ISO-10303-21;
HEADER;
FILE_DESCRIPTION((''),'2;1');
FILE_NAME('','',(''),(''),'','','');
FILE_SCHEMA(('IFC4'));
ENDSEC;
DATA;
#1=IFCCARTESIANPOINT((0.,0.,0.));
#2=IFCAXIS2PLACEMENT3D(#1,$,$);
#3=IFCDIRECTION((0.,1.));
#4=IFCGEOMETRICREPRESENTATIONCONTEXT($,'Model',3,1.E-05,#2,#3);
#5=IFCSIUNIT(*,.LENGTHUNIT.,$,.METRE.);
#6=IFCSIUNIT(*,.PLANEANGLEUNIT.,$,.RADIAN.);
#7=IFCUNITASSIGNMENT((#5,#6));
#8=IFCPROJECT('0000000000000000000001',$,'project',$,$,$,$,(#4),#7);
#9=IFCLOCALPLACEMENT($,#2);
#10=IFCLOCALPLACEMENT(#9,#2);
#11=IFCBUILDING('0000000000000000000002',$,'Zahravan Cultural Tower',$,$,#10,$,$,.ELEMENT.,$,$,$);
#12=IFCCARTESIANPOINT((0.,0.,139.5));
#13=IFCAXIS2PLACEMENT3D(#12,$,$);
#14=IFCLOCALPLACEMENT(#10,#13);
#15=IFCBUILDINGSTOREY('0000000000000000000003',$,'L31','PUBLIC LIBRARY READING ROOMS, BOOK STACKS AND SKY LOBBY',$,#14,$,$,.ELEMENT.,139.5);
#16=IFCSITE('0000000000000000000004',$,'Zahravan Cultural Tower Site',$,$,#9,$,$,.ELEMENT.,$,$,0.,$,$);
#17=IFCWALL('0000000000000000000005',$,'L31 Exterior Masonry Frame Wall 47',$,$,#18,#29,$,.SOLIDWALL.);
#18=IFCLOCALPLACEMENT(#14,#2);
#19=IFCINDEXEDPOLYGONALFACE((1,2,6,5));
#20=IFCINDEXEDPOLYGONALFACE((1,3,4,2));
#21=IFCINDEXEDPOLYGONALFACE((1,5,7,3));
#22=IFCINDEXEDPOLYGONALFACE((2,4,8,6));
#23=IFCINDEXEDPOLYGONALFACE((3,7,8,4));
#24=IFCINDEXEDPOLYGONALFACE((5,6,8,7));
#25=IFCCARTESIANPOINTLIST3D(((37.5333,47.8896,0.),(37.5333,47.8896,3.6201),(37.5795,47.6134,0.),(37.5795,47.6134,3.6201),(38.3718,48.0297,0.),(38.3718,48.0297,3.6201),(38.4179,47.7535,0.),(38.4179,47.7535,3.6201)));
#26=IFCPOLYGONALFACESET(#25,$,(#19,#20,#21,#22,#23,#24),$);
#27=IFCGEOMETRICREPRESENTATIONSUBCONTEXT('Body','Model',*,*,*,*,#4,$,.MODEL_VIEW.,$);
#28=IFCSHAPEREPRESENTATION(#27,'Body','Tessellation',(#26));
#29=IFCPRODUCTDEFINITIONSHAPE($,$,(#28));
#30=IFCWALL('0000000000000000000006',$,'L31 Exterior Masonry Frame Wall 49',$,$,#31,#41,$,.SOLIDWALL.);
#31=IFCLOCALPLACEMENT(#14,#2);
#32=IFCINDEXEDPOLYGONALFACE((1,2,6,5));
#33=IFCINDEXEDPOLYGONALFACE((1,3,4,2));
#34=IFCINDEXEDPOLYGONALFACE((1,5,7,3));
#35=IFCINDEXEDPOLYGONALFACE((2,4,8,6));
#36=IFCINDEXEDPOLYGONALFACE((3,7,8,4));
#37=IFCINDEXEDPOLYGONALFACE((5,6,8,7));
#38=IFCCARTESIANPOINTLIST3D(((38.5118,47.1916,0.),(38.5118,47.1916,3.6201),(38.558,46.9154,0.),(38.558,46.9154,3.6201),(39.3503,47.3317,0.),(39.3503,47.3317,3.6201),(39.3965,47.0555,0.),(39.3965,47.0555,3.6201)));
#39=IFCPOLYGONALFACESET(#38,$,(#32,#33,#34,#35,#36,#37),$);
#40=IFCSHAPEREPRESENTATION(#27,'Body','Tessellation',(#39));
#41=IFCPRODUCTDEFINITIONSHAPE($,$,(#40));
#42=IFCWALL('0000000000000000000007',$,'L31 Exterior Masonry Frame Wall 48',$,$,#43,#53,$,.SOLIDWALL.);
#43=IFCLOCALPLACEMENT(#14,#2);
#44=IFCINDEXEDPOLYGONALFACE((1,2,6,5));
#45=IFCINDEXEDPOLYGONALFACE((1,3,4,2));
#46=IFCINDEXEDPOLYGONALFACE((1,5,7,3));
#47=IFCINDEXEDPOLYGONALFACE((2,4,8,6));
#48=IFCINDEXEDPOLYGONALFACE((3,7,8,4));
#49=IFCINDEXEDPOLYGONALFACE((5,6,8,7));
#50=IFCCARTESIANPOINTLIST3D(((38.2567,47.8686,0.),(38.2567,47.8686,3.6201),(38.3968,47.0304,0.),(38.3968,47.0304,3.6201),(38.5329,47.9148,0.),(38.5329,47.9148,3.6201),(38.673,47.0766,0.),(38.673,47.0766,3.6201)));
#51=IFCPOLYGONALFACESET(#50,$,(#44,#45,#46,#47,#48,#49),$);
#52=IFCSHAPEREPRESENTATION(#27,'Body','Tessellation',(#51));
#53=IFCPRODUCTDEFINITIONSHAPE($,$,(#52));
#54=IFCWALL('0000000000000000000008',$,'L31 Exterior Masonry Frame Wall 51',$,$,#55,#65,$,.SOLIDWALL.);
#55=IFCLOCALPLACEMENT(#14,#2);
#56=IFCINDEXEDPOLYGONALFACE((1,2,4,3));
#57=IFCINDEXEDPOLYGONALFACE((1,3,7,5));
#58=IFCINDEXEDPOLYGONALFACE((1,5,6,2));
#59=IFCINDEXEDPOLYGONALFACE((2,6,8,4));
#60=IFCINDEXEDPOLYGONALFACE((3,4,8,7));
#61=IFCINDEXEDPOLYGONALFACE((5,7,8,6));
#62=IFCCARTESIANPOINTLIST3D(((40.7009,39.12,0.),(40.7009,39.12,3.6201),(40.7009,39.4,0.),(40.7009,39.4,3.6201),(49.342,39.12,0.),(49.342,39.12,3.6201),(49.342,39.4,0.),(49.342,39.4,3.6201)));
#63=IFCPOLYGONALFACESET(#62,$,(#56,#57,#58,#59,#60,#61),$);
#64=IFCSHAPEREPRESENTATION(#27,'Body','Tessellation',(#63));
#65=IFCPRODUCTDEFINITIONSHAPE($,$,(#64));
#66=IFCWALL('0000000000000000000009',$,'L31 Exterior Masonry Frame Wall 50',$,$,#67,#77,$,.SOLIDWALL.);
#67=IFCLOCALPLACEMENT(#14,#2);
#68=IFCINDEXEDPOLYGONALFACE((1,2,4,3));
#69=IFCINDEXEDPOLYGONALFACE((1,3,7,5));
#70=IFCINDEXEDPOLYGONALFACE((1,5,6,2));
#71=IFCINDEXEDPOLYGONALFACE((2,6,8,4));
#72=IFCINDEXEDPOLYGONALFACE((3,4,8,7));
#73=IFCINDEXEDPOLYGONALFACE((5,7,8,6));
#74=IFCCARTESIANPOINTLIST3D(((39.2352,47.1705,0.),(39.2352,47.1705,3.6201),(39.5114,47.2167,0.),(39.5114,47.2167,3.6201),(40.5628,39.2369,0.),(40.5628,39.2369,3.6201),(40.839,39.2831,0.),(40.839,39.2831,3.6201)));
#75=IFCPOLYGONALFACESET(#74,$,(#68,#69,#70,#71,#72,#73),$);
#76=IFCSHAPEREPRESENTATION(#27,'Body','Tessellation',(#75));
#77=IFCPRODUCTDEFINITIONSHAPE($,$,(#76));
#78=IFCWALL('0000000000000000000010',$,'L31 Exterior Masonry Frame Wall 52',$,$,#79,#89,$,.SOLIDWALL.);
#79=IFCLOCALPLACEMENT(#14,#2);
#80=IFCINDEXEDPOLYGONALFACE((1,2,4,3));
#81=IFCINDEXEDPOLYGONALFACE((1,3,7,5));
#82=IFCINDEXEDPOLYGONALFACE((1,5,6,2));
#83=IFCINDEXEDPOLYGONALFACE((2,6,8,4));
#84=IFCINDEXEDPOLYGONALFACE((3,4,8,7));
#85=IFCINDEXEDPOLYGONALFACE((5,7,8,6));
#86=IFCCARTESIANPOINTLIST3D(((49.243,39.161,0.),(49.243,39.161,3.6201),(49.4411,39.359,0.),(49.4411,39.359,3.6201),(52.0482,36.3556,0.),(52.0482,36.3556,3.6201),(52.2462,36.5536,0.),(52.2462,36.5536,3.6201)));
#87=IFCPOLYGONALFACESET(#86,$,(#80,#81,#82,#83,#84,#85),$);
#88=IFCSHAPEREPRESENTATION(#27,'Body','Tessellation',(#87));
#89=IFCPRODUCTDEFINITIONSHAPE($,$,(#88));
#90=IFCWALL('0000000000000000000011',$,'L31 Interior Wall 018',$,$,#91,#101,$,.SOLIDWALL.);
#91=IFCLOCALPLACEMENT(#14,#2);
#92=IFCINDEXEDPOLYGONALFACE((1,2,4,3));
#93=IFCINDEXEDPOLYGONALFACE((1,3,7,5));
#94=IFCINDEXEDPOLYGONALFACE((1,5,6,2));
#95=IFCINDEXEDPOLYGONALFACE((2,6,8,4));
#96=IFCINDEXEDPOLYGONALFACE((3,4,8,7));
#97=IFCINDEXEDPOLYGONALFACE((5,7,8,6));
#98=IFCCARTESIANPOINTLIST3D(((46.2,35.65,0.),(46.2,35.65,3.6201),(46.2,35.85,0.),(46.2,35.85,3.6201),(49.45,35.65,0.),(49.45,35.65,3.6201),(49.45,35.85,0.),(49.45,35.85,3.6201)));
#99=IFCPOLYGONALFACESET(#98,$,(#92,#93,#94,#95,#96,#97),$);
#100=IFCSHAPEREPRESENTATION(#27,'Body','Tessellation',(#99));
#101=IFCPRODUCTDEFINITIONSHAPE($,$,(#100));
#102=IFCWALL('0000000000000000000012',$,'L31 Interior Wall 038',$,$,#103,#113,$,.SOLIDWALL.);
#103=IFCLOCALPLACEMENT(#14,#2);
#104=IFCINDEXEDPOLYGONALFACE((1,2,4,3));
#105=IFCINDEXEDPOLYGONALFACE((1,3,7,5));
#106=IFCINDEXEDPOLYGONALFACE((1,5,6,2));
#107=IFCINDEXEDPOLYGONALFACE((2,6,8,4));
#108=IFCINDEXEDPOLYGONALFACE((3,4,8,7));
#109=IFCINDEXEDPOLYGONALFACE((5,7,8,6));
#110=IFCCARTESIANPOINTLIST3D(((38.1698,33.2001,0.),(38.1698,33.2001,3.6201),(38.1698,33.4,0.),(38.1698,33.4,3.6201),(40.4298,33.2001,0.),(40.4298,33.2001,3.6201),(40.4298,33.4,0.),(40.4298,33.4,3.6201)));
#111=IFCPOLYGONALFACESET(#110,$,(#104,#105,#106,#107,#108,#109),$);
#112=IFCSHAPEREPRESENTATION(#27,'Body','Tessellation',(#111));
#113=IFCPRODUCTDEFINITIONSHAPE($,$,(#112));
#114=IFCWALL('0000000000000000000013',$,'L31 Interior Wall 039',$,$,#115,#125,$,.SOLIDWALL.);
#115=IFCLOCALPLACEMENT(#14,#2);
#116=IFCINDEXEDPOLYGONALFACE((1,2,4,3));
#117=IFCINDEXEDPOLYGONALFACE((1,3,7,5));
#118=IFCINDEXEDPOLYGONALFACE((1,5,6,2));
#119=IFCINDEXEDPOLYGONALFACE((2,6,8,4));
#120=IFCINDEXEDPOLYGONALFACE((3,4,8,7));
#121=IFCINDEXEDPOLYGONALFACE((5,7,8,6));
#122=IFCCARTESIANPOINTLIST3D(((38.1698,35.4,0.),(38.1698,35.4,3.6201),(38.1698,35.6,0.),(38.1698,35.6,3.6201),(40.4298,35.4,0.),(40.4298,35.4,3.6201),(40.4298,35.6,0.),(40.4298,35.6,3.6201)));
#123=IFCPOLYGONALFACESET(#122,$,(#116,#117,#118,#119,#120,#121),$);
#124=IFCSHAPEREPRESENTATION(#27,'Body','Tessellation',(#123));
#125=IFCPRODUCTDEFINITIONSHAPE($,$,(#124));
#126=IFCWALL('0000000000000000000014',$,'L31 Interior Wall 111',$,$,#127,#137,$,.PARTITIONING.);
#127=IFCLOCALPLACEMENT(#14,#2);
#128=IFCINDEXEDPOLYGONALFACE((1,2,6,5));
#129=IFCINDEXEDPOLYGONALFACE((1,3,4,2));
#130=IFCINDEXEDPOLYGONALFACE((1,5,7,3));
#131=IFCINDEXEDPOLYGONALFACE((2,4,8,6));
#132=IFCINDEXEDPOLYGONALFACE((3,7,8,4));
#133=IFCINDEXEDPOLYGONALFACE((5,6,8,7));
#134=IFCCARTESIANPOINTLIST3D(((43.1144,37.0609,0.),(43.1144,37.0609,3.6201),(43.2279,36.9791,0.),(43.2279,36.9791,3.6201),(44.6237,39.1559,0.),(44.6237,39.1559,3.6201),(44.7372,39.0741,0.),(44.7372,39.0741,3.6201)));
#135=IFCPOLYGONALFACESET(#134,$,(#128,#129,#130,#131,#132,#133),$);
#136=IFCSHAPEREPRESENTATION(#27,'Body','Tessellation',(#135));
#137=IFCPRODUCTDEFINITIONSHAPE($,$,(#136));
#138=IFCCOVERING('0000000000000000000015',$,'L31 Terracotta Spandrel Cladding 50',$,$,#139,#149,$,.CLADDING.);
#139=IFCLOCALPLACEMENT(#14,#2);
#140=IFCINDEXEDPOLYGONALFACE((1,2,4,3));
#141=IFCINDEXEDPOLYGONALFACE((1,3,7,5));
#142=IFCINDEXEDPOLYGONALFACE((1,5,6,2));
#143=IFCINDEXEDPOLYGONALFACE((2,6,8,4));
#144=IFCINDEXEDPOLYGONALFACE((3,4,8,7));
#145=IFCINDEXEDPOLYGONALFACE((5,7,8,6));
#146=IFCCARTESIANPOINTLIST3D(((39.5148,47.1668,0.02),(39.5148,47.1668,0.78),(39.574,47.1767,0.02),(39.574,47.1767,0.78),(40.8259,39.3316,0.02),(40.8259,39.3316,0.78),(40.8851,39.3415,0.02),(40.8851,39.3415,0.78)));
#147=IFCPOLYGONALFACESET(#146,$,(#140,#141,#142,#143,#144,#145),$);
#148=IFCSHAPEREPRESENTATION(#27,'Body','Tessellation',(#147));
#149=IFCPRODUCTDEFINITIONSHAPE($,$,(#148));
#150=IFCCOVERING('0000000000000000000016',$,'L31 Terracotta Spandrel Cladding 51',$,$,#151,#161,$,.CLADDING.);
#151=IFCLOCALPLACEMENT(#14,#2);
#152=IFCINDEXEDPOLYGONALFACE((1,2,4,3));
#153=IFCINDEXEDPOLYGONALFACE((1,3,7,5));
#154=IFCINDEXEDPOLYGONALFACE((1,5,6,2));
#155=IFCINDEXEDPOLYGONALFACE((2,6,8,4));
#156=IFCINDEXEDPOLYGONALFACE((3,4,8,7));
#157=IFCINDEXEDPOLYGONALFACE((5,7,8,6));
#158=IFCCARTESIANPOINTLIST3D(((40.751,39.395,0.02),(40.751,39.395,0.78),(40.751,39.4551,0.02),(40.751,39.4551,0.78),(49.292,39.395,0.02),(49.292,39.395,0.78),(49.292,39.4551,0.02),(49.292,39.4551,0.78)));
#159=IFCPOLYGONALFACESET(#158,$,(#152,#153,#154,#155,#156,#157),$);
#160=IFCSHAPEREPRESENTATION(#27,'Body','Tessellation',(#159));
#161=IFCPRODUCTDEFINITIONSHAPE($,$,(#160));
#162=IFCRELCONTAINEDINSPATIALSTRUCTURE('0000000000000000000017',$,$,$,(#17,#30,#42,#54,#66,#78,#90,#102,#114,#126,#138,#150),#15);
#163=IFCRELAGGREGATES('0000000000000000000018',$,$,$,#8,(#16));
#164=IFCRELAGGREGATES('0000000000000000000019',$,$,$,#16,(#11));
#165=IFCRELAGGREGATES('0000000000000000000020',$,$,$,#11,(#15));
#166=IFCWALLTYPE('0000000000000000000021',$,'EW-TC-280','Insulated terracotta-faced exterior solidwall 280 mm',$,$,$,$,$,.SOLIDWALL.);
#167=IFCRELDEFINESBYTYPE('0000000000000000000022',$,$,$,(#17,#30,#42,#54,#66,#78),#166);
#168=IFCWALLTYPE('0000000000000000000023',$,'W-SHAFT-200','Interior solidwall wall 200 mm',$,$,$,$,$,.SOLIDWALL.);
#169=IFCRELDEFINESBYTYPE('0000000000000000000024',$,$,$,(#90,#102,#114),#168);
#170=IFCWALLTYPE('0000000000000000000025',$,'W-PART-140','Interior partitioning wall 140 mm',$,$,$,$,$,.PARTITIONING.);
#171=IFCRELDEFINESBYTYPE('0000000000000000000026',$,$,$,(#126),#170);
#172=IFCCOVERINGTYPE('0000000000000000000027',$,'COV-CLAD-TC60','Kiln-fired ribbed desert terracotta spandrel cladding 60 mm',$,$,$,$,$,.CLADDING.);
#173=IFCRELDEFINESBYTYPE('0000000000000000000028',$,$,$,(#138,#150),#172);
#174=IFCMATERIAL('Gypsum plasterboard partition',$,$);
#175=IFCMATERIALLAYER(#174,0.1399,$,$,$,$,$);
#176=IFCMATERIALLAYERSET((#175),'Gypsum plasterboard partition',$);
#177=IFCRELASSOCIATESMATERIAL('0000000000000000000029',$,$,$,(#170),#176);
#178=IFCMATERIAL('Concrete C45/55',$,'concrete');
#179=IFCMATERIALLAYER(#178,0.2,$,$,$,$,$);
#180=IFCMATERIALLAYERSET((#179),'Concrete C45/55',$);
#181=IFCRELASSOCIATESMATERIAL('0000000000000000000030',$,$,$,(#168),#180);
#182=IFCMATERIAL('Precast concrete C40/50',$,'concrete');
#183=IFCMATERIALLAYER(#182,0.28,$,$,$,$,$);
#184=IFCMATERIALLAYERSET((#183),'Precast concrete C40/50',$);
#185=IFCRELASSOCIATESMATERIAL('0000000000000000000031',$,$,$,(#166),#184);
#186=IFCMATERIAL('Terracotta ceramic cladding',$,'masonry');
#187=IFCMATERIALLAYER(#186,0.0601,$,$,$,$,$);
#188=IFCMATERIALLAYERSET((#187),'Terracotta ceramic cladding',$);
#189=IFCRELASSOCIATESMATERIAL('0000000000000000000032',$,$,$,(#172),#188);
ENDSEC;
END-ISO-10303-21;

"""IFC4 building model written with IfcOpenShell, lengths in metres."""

from ifc_helpers import new_model, si_unit, direction, frame, frame_2d, origin, origin_2d, place, context, subcontext, project, spatial, rectangle, extrude, source, transform, mapped, material, layer, layer_set, type_object, element, save


model = new_model("IFC4")

# Units and contexts
model_context = context("Model", 3, precision=1e-05, world=origin(), true_north=direction((0.0, 1.0)))
body_context = subcontext(model_context, "Body", "Model", "MODEL_VIEW")
ifc_project = project(units=[si_unit("LENGTHUNIT", "METRE"), si_unit("PLANEANGLEUNIT", "RADIAN")], contexts=[model_context])

# Site, building, storey
site_placement = place(None, origin())
site = spatial("IfcSite", under=ifc_project, at=site_placement, Name="Zahravan Cultural Tower Site", CompositionType="ELEMENT", RefElevation=0.0)
building_placement = place(site_placement, origin())
building = spatial("IfcBuilding", under=site, at=building_placement, Name="Zahravan Cultural Tower", CompositionType="ELEMENT")
storey_placement = place(building_placement, frame((0.0, 0.0, 139.5)))
storey = spatial("IfcBuildingStorey", under=building, at=storey_placement, Name="L31", Description="PUBLIC LIBRARY READING ROOMS, BOOK STACKS AND SKY LOBBY", CompositionType="ELEMENT", Elevation=139.5)

# Shared definitions
ifc_material_1 = material(Name="Gypsum plasterboard partition")
ifc_layer_1 = layer(ifc_material_1, 0.1399)
ifc_layer_set_1 = layer_set([ifc_layer_1], Name="Gypsum plasterboard partition")
wall_type_1 = type_object("IfcWallType", Name="W-PART-140", Description="Interior partitioning wall 140 mm", PredefinedType="PARTITIONING", material=ifc_layer_set_1)
ifc_material_2 = material(Name="Concrete C45/55", Category="concrete")
ifc_layer_2 = layer(ifc_material_2, 0.2)
ifc_layer_set_2 = layer_set([ifc_layer_2], Name="Concrete C45/55")
wall_type_2 = type_object("IfcWallType", Name="W-SHAFT-200", Description="Interior solidwall wall 200 mm", PredefinedType="SOLIDWALL", material=ifc_layer_set_2)

# Walls
ifc_material_3 = material(Name="Precast concrete C40/50", Category="concrete")
ifc_layer_3 = layer(ifc_material_3, 0.28)
ifc_layer_set_3 = layer_set([ifc_layer_3], Name="Precast concrete C40/50")
wall_type_3 = type_object("IfcWallType", Name="EW-TC-280", Description="Insulated terracotta-faced exterior solidwall 280 mm", PredefinedType="SOLIDWALL", material=ifc_layer_set_3)
shared_shape_1 = source(origin(), body_context, "Body", "SweptSolid", [
    extrude(rectangle(XDim=0.8501, YDim=0.28, at=frame_2d((0.425, 0.0))), origin(), (0.0, 0.0, 1.0), 3.6201),
])
for number, where, z_axis, x_axis, name in (
    (1, (37.5564, 47.7515, 0.0), (0.0, 0.0, 1.0), (0.986316, 0.164865, 0.0), "L31 Exterior Masonry Frame Wall 47"),
    (2, (38.5349, 47.0535, 0.0), (0.0, 0.0, 1.0), (0.986316, 0.164865, 0.0), "L31 Exterior Masonry Frame Wall 49"),
):
    element("IfcWall", number, at=place(storey_placement, frame(where, z_axis=z_axis, x_axis=x_axis)), inside=storey, type_object=wall_type_3, Name=name, PredefinedType="SOLIDWALL", context=body_context, shape_type="MappedRepresentation", body=[
        mapped(shared_shape_1, transform((0.0, 0.0, 0.0), x_axis=(1.0, 0.0, 0.0), y_axis=(0.0, 1.0, 0.0), z_axis=(0.0, 0.0, 1.0), scale=1.0)),
    ])
shared_shape_2 = source(origin(), body_context, "Body", "SweptSolid", [
    extrude(rectangle(XDim=0.8499, YDim=0.28, at=frame_2d((0.4248, 0.0))), origin(), (0.0, 0.0, 1.0), 3.6201),
])
wall_1_placement = place(storey_placement, frame((38.3948, 47.8916, 0.0), z_axis=(0.0, 0.0, 1.0), x_axis=(0.164911, -0.986308, 0.0)))
element("IfcWall", 3, at=wall_1_placement, inside=storey, type_object=wall_type_3, Name="L31 Exterior Masonry Frame Wall 48", PredefinedType="SOLIDWALL", context=body_context, shape_type="MappedRepresentation", body=[
    mapped(shared_shape_2, transform((0.0, 0.0, 0.0), x_axis=(1.0, 0.0, 0.0), y_axis=(0.0, 1.0, 0.0), z_axis=(0.0, 0.0, 1.0), scale=1.0)),
])
shared_shape_3 = source(origin(), body_context, "Body", "SweptSolid", [
    extrude(rectangle(XDim=8.6411, YDim=0.28, at=frame_2d((4.3206, 0.0))), origin(), (0.0, 0.0, 1.0), 3.6201),
])
wall_2_placement = place(storey_placement, frame((40.7009, 39.26, 0.0), z_axis=(0.0, 0.0, 1.0), x_axis=(1.0, 0.0, 0.0)))
element("IfcWall", 4, at=wall_2_placement, inside=storey, type_object=wall_type_3, Name="L31 Exterior Masonry Frame Wall 51", PredefinedType="SOLIDWALL", context=body_context, shape_type="MappedRepresentation", body=[
    mapped(shared_shape_3, transform((0.0, 0.0, 0.0), x_axis=(1.0, 0.0, 0.0), y_axis=(0.0, 1.0, 0.0), z_axis=(0.0, 0.0, 1.0), scale=1.0)),
])
shared_shape_4 = source(origin(), body_context, "Body", "SweptSolid", [
    extrude(rectangle(XDim=8.0439, YDim=0.28, at=frame_2d((4.022, 0.0))), origin(), (0.0, 0.0, 1.0), 3.6201),
])
wall_3_placement = place(storey_placement, frame((39.3733, 47.1936, 0.0), z_axis=(0.0, 0.0, 1.0), x_axis=(0.165049, -0.986285, 0.0)))
element("IfcWall", 5, at=wall_3_placement, inside=storey, type_object=wall_type_3, Name="L31 Exterior Masonry Frame Wall 50", PredefinedType="SOLIDWALL", context=body_context, shape_type="MappedRepresentation", body=[
    mapped(shared_shape_4, transform((0.0, 0.0, 0.0), x_axis=(1.0, 0.0, 0.0), y_axis=(0.0, 1.0, 0.0), z_axis=(0.0, 0.0, 1.0), scale=1.0)),
])
shared_shape_5 = source(origin(), body_context, "Body", "SweptSolid", [
    extrude(rectangle(XDim=3.9673, YDim=0.28, at=frame_2d((1.9836, 0.0))), origin(), (0.0, 0.0, 1.0), 3.6201),
])
wall_4_placement = place(storey_placement, frame((49.342, 39.26, 0.0), z_axis=(0.0, 0.0, 1.0), x_axis=(0.707076, -0.707138, 0.0)))
element("IfcWall", 6, at=wall_4_placement, inside=storey, type_object=wall_type_3, Name="L31 Exterior Masonry Frame Wall 52", PredefinedType="SOLIDWALL", context=body_context, shape_type="MappedRepresentation", body=[
    mapped(shared_shape_5, transform((0.0, 0.0, 0.0), x_axis=(1.0, 0.0, 0.0), y_axis=(0.0, 1.0, 0.0), z_axis=(0.0, 0.0, 1.0), scale=1.0)),
])
shared_shape_6 = source(origin(), body_context, "Body", "SweptSolid", [
    extrude(rectangle(XDim=3.25, YDim=0.2, at=frame_2d((1.625, 0.0))), origin(), (0.0, 0.0, 1.0), 3.6201),
])
wall_5_placement = place(storey_placement, frame((46.2, 35.75, 0.0), z_axis=(0.0, 0.0, 1.0), x_axis=(1.0, 0.0, 0.0)))
element("IfcWall", 7, at=wall_5_placement, inside=storey, type_object=wall_type_2, Name="L31 Interior Wall 018", PredefinedType="SOLIDWALL", context=body_context, shape_type="MappedRepresentation", body=[
    mapped(shared_shape_6, transform((0.0, 0.0, 0.0), x_axis=(1.0, 0.0, 0.0), y_axis=(0.0, 1.0, 0.0), z_axis=(0.0, 0.0, 1.0), scale=1.0)),
])
shared_shape_7 = source(origin(), body_context, "Body", "SweptSolid", [
    extrude(rectangle(XDim=2.26, YDim=0.2, at=frame_2d((1.1299, 0.0))), origin(), (0.0, 0.0, 1.0), 3.6201),
])
for number, where, z_axis, x_axis, name in (
    (8, (38.1699, 33.3, 0.0), (0.0, 0.0, 1.0), (1.0, 0.0, 0.0), "L31 Interior Wall 038"),
    (9, (38.1699, 35.5, 0.0), (0.0, 0.0, 1.0), (1.0, 0.0, 0.0), "L31 Interior Wall 039"),
):
    element("IfcWall", number, at=place(storey_placement, frame(where, z_axis=z_axis, x_axis=x_axis)), inside=storey, type_object=wall_type_2, Name=name, PredefinedType="SOLIDWALL", context=body_context, shape_type="MappedRepresentation", body=[
        mapped(shared_shape_7, transform((0.0, 0.0, 0.0), x_axis=(1.0, 0.0, 0.0), y_axis=(0.0, 1.0, 0.0), z_axis=(0.0, 0.0, 1.0), scale=1.0)),
    ])
shared_shape_8 = source(origin(), body_context, "Body", "SweptSolid", [
    extrude(rectangle(XDim=2.582, YDim=0.1399, at=frame_2d((1.291, 0.0))), origin(), (0.0, 0.0, 1.0), 3.6201),
])
wall_6_placement = place(storey_placement, frame((44.6804, 39.115, 0.0), z_axis=(0.0, 0.0, 1.0), x_axis=(-0.584534, -0.811369, 0.0)))
element("IfcWall", 10, at=wall_6_placement, inside=storey, type_object=wall_type_1, Name="L31 Interior Wall 111", PredefinedType="PARTITIONING", context=body_context, shape_type="MappedRepresentation", body=[
    mapped(shared_shape_8, transform((0.0, 0.0, 0.0), x_axis=(1.0, 0.0, 0.0), y_axis=(0.0, 1.0, 0.0), z_axis=(0.0, 0.0, 1.0), scale=1.0)),
])

# Coverings
ifc_material_4 = material(Name="Terracotta ceramic cladding", Category="masonry")
ifc_layer_4 = layer(ifc_material_4, 0.0601)
ifc_layer_set_4 = layer_set([ifc_layer_4], Name="Terracotta ceramic cladding")
covering_type = type_object("IfcCoveringType", Name="COV-CLAD-TC60", Description="Kiln-fired ribbed desert terracotta spandrel cladding 60 mm", PredefinedType="CLADDING", material=ifc_layer_set_4)
shared_shape_9 = source(origin(), body_context, "Body", "SweptSolid", [
    extrude(rectangle(XDim=7.9441, YDim=0.0601, at=origin_2d()), origin(), (0.0, 0.0, 1.0), 0.76),
])
covering_1_placement = place(storey_placement, frame((40.2, 43.2542, 0.02), z_axis=(0.0, 0.0, 1.0), x_axis=(0.165048, -0.986286, 0.0)))
element("IfcCovering", 11, at=covering_1_placement, inside=storey, type_object=covering_type, Name="L31 Terracotta Spandrel Cladding 50", PredefinedType="CLADDING", context=body_context, shape_type="MappedRepresentation", body=[
    mapped(shared_shape_9, transform((0.0, 0.0, 0.0), x_axis=(1.0, 0.0, 0.0), y_axis=(0.0, 1.0, 0.0), z_axis=(0.0, 0.0, 1.0), scale=1.0)),
])
shared_shape_10 = source(origin(), body_context, "Body", "SweptSolid", [
    extrude(rectangle(XDim=8.541, YDim=0.0601, at=origin_2d()), origin(), (0.0, 0.0, 1.0), 0.76),
])
covering_2_placement = place(storey_placement, frame((45.0215, 39.425, 0.02), z_axis=(0.0, 0.0, 1.0), x_axis=(1.0, 0.0, 0.0)))
element("IfcCovering", 12, at=covering_2_placement, inside=storey, type_object=covering_type, Name="L31 Terracotta Spandrel Cladding 51", PredefinedType="CLADDING", context=body_context, shape_type="MappedRepresentation", body=[
    mapped(shared_shape_10, transform((0.0, 0.0, 0.0), x_axis=(1.0, 0.0, 0.0), y_axis=(0.0, 1.0, 0.0), z_axis=(0.0, 0.0, 1.0), scale=1.0)),
])

save(model, "model.ifc")
